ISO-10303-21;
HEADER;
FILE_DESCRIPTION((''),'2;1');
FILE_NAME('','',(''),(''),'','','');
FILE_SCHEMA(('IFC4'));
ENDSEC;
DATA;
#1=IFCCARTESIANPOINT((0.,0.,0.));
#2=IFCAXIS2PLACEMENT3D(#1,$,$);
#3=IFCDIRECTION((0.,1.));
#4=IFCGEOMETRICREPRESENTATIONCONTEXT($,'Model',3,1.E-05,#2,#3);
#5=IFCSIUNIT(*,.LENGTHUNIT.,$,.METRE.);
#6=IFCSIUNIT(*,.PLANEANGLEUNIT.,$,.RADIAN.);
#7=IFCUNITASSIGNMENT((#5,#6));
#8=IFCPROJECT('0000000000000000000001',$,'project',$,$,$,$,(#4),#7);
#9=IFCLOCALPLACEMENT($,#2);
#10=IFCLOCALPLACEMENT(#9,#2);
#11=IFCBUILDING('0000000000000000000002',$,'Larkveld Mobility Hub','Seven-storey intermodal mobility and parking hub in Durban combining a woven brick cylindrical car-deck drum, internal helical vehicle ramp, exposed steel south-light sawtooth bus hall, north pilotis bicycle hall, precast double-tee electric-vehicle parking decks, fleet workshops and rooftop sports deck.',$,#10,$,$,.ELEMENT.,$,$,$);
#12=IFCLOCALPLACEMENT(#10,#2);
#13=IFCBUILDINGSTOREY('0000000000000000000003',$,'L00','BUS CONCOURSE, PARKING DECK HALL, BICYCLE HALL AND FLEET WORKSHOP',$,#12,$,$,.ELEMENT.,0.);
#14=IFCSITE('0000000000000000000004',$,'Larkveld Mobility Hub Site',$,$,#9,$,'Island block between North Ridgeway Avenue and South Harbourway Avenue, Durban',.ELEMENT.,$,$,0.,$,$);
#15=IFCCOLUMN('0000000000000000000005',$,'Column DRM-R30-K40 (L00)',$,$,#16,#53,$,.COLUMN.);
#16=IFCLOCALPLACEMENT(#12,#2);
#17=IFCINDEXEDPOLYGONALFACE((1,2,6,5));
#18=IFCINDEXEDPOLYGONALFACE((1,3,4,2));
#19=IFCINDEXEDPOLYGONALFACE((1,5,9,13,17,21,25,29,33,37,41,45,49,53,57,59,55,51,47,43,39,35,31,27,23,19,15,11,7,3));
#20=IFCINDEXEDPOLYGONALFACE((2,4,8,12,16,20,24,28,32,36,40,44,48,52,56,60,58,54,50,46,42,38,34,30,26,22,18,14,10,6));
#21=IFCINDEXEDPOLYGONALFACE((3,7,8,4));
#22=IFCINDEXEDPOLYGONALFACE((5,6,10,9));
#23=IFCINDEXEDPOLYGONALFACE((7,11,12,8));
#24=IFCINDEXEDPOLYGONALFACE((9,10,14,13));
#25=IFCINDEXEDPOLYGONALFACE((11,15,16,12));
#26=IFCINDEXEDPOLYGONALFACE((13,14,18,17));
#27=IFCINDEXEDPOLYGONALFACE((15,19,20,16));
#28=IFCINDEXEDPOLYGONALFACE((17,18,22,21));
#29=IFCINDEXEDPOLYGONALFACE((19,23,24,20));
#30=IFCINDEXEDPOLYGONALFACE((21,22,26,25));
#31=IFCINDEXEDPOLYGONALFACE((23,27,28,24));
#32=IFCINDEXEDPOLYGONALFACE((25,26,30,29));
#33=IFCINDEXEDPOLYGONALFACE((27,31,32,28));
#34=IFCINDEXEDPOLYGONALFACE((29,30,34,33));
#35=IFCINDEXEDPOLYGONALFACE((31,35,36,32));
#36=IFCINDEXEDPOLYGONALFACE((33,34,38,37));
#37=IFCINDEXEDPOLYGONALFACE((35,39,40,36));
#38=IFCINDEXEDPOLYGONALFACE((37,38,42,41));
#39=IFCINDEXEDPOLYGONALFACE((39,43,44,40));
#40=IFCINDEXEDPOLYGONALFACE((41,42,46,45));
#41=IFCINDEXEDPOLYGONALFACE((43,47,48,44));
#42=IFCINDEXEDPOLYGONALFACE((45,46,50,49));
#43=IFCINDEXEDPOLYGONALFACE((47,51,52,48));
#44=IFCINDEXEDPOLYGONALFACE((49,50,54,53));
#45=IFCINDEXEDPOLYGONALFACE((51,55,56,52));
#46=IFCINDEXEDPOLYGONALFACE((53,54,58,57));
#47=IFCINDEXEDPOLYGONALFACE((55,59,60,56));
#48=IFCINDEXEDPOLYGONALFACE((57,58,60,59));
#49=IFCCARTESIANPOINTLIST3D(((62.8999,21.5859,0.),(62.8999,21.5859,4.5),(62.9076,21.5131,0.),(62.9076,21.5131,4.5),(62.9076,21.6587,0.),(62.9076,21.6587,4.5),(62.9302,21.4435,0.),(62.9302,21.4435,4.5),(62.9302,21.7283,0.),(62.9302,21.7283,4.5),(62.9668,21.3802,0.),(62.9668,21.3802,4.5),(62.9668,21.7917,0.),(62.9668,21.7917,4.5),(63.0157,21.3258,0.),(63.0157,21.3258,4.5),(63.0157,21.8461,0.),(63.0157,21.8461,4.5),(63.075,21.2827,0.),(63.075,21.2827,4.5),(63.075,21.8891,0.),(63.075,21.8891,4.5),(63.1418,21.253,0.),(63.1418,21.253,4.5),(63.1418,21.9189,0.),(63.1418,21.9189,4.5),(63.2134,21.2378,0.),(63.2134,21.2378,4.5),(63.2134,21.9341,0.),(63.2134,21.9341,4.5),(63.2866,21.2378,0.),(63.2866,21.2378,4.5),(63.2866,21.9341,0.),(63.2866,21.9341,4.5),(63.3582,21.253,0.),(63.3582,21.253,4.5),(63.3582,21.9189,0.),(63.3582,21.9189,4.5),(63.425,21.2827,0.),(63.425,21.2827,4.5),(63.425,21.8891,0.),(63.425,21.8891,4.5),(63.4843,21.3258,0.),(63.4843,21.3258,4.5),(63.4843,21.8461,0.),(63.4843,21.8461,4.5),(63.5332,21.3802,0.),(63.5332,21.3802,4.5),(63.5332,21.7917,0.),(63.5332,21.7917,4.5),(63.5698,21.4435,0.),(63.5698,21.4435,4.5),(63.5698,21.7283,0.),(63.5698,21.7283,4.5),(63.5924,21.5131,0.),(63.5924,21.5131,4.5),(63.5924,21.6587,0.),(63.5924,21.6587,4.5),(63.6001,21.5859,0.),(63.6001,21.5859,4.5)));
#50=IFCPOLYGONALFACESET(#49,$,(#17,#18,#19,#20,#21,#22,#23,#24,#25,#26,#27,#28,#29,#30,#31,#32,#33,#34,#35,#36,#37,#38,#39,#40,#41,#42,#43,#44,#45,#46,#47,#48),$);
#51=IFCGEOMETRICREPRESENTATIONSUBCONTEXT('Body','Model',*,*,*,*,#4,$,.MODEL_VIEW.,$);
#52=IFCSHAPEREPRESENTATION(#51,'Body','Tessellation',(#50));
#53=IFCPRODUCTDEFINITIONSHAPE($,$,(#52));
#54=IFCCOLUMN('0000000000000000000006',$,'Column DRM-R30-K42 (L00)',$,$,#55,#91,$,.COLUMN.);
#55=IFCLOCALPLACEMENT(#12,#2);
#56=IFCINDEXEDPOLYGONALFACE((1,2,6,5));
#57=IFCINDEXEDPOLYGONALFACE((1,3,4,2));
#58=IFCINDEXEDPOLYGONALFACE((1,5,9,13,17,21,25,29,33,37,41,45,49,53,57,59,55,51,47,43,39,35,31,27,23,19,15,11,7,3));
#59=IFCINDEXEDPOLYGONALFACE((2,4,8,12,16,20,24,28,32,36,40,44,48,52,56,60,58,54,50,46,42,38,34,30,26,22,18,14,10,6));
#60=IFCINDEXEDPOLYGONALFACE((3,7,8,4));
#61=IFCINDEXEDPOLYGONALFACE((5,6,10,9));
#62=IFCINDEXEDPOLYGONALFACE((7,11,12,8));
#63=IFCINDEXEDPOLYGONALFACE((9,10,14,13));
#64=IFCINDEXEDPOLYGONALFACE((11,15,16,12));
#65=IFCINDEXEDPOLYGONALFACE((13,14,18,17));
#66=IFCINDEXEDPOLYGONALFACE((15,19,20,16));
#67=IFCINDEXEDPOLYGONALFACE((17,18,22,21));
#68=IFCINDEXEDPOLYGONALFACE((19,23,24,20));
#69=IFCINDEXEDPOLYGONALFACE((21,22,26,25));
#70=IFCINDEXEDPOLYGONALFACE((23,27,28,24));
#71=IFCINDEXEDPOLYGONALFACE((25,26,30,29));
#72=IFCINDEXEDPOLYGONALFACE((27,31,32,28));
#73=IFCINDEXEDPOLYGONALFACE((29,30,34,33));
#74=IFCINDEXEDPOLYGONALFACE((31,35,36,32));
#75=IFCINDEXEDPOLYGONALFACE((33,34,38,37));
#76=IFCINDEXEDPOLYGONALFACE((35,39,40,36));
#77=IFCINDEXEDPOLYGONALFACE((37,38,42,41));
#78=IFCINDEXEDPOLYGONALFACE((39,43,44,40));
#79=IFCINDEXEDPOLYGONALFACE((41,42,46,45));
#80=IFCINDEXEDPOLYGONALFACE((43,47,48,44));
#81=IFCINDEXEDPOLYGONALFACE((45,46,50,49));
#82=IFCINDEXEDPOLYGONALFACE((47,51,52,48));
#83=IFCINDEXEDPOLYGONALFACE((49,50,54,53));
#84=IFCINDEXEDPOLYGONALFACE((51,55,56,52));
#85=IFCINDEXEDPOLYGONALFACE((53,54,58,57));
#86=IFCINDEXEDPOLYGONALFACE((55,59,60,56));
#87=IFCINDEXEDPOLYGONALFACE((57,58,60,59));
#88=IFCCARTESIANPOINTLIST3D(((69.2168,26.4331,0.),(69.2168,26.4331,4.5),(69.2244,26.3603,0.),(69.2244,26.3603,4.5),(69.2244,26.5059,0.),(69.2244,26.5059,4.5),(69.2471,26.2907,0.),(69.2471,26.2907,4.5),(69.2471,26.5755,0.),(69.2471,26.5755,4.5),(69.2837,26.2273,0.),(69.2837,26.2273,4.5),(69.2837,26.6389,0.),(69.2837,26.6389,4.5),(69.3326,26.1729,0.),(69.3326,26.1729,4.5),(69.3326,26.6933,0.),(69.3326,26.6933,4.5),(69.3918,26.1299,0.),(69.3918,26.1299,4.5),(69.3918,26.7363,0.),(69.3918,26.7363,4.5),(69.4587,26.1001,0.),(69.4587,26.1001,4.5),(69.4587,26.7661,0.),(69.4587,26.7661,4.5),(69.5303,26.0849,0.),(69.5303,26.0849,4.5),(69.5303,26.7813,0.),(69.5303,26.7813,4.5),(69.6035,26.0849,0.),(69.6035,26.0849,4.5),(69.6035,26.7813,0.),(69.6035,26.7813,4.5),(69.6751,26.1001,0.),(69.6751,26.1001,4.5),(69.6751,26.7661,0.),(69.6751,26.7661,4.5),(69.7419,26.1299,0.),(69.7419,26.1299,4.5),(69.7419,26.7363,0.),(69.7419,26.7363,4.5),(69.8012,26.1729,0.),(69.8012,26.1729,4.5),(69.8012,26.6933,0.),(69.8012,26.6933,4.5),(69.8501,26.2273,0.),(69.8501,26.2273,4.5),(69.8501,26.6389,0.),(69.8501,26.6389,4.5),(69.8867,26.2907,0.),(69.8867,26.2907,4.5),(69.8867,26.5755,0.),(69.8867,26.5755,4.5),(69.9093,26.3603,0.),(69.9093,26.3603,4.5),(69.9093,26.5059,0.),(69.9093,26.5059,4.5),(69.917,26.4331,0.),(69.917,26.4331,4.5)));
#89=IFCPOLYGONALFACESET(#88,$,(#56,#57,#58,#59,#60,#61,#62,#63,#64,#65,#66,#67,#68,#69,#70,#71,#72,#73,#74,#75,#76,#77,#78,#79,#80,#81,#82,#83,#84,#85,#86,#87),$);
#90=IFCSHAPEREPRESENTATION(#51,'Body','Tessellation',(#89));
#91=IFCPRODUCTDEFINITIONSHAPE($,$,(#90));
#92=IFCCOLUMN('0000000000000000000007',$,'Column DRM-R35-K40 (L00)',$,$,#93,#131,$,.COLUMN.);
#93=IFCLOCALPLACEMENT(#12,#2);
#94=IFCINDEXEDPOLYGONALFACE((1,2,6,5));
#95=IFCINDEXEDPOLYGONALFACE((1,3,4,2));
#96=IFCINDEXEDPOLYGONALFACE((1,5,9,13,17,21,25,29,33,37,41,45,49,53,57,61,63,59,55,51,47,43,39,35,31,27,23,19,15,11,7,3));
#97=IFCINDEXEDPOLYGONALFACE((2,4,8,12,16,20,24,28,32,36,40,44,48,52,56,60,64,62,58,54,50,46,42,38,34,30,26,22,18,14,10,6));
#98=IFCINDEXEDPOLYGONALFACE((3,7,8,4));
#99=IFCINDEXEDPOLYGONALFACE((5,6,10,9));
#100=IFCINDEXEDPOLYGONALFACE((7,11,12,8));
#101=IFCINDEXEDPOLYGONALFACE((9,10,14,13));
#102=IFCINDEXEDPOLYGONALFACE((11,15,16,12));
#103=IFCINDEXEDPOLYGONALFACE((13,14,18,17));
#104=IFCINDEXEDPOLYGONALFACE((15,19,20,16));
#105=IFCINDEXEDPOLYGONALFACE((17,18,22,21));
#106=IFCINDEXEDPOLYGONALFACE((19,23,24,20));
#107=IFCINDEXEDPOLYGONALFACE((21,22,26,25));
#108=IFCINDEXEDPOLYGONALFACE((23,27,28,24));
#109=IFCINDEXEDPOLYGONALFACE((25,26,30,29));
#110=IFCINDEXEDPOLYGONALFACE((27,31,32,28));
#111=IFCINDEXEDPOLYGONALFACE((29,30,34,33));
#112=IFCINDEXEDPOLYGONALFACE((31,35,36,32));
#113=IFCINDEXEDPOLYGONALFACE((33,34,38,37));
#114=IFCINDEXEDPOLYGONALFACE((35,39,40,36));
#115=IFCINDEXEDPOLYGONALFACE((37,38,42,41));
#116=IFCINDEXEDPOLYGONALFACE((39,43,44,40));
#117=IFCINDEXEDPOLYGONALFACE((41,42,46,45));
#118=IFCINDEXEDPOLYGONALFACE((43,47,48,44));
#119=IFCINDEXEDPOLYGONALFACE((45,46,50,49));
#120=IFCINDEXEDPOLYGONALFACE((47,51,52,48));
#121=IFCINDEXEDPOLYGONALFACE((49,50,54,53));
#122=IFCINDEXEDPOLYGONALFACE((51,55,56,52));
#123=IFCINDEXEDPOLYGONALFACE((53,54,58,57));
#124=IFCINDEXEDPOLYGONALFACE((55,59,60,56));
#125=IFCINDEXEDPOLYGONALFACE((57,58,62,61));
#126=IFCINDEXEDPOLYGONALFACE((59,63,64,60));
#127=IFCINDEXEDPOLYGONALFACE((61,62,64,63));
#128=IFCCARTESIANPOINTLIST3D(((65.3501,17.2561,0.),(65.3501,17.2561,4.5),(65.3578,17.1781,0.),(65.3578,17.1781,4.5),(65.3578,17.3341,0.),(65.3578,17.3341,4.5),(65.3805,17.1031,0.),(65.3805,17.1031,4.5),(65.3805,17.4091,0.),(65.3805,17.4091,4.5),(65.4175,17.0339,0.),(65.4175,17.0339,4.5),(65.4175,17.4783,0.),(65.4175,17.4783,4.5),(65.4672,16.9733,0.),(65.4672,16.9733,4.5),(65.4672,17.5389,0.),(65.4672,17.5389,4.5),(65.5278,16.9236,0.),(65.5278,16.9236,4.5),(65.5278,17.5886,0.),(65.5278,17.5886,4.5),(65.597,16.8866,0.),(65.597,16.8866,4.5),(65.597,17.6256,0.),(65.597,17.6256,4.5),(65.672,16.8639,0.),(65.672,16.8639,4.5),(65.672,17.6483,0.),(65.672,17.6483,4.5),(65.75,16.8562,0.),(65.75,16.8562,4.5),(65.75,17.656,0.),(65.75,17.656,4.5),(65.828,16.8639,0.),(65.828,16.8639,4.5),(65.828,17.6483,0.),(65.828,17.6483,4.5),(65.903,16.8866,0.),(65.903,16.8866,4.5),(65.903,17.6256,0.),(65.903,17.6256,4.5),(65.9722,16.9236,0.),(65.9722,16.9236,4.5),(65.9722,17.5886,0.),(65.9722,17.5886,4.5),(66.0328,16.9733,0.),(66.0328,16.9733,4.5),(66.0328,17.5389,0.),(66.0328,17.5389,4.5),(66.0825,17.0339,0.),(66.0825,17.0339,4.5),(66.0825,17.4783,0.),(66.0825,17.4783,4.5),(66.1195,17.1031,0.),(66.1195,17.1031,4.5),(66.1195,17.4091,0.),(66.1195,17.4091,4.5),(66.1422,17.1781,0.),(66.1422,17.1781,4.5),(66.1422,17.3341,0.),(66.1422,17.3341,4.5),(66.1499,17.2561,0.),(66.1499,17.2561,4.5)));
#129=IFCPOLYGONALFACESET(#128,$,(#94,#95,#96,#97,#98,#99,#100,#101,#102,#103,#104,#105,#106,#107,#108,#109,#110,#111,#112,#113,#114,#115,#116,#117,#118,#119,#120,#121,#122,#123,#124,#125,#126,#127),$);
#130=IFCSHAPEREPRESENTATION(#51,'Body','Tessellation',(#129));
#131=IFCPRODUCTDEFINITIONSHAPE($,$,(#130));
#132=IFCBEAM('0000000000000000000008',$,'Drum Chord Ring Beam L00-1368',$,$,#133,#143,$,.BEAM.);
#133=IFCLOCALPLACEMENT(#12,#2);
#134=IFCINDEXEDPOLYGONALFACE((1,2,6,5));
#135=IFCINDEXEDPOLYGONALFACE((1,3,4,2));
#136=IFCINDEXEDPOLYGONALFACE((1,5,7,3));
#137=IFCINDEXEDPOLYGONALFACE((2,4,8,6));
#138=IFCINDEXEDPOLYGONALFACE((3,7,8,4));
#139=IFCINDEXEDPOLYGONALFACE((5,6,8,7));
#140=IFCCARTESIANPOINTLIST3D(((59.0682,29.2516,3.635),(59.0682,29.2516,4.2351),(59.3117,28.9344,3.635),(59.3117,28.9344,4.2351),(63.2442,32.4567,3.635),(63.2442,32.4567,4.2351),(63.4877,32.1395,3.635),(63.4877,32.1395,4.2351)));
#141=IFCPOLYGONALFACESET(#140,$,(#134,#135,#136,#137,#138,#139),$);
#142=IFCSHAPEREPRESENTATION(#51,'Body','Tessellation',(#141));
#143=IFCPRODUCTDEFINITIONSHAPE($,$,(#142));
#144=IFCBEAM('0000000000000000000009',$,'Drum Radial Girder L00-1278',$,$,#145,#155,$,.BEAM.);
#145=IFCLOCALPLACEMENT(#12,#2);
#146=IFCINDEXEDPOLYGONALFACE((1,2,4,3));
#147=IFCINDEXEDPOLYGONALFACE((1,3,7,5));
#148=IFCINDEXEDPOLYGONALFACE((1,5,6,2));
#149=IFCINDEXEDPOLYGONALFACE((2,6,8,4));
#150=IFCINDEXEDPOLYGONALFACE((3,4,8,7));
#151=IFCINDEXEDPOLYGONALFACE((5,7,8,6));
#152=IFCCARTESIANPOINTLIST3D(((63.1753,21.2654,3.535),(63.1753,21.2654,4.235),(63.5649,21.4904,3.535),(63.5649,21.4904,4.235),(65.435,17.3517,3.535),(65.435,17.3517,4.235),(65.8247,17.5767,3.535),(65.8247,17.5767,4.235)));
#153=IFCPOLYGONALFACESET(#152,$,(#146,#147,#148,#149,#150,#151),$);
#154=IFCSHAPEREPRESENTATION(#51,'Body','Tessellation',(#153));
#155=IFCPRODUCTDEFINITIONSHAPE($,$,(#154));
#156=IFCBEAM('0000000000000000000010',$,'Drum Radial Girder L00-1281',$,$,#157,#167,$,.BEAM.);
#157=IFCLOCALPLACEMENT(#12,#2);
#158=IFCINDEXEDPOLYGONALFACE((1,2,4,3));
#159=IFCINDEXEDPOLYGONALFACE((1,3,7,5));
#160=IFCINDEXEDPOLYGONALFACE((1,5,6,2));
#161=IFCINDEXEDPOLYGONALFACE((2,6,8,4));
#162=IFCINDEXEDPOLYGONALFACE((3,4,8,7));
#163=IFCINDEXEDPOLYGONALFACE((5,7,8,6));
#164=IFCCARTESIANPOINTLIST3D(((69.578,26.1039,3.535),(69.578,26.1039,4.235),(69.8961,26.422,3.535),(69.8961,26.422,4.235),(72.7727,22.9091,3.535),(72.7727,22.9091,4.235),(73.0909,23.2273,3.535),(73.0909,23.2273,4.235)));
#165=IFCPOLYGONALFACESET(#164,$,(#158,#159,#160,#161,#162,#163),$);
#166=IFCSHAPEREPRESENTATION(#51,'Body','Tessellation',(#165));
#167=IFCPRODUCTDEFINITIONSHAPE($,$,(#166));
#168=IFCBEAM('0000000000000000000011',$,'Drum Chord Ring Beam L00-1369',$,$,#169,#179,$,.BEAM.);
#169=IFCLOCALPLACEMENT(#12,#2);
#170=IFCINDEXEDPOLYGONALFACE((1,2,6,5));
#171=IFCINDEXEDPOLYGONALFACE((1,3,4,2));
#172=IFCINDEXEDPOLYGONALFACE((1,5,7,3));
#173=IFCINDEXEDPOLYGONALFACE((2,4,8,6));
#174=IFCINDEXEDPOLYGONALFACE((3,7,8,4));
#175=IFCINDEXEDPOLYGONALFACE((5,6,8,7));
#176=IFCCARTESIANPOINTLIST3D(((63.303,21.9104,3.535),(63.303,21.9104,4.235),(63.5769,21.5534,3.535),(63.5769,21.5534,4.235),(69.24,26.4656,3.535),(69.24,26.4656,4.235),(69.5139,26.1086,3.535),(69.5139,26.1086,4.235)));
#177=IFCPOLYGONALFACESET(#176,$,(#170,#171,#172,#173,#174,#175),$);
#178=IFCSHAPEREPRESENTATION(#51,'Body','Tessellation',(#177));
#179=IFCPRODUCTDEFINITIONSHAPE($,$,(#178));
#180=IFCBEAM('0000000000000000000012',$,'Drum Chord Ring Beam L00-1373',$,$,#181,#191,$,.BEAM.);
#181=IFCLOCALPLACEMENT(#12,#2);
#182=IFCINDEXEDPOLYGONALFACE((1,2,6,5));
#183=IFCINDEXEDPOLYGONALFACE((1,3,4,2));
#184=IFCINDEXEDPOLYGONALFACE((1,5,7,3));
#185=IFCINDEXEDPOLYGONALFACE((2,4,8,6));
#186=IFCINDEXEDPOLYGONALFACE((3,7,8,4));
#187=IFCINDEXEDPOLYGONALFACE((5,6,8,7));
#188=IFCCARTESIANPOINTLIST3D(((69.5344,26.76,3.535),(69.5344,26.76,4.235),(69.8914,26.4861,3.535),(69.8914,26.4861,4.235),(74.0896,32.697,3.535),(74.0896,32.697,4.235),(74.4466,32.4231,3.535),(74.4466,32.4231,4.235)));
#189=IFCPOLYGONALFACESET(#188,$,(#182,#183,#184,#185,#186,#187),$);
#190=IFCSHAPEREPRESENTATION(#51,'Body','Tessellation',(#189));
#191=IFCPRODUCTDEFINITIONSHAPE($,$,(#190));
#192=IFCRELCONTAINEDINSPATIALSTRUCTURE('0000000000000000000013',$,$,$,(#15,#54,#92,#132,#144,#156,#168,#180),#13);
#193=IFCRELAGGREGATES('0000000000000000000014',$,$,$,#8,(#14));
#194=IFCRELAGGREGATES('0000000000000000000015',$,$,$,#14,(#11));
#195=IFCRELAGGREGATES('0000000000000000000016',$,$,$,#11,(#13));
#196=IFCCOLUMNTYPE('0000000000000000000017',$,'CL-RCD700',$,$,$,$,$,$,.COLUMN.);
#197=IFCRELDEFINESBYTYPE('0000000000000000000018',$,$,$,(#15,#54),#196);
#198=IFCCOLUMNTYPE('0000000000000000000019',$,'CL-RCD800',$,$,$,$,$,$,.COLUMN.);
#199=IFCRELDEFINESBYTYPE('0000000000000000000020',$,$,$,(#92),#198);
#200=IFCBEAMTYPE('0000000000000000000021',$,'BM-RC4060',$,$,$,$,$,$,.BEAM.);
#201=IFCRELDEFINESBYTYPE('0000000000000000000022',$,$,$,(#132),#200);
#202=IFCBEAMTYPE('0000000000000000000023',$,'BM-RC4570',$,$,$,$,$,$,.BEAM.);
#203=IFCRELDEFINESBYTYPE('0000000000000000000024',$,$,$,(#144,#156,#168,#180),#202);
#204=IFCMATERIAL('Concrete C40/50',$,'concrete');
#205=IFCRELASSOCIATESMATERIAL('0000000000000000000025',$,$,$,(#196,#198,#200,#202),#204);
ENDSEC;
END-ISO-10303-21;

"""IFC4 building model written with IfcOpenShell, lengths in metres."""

from ifc_helpers import new_model, si_unit, direction, frame, origin, origin_2d, place, context, subcontext, project, spatial, rectangle, circle, extrude, material, material_profile, profile_set, type_object, element, save


model = new_model("IFC4")

# Units and contexts
model_context = context("Model", 3, precision=1e-05, world=origin(), true_north=direction((0.0, 1.0)))
body_context = subcontext(model_context, "Body", "Model", "MODEL_VIEW")
ifc_project = project(units=[si_unit("LENGTHUNIT", "METRE"), si_unit("PLANEANGLEUNIT", "RADIAN")], contexts=[model_context])

# Site, building, storey
site_placement = place(None, origin())
site = spatial("IfcSite", under=ifc_project, at=site_placement, Name="Larkveld Mobility Hub Site", LongName="Island block between North Ridgeway Avenue and South Harbourway Avenue, Durban", CompositionType="ELEMENT", RefElevation=0.0)
building_placement = place(site_placement, origin())
building = spatial("IfcBuilding", under=site, at=building_placement, Name="Larkveld Mobility Hub", Description="Seven-storey intermodal mobility and parking hub in Durban combining a woven brick cylindrical car-deck drum, internal helical vehicle ramp, exposed steel south-light sawtooth bus hall, north pilotis bicycle hall, precast double-tee electric-vehicle parking decks, fleet workshops and rooftop sports deck.", CompositionType="ELEMENT")
storey_placement = place(building_placement, origin())
storey = spatial("IfcBuildingStorey", under=building, at=storey_placement, Name="L00", Description="BUS CONCOURSE, PARKING DECK HALL, BICYCLE HALL AND FLEET WORKSHOP", CompositionType="ELEMENT", Elevation=0.0)

# Columns
ifc_material_1 = material(Name="Concrete C40/50", Category="concrete")
ifc_material_profile_1 = material_profile(ifc_material_1, circle(Radius=0.3501, at=origin_2d()), Name="RC COL D700")
ifc_profile_set_1 = profile_set([ifc_material_profile_1], Name="Concrete C40/50")
column_type_1 = type_object("IfcColumnType", Name="CL-RCD700", PredefinedType="COLUMN", material=ifc_profile_set_1)
for number, where, z_axis, x_axis, name in (
    (1, (63.25, 21.5859, 0.0), (0.0, 0.0, 1.0), (1.0, 0.0, 0.0), "Column DRM-R30-K40 (L00)"),
    (2, (69.5669, 26.4331, 0.0), (0.0, 0.0, 1.0), (1.0, 0.0, 0.0), "Column DRM-R30-K42 (L00)"),
):
    element("IfcColumn", number, at=place(storey_placement, frame(where, z_axis=z_axis, x_axis=x_axis)), inside=storey, type_object=column_type_1, Name=name, PredefinedType="COLUMN", context=body_context, shape_type="SweptSolid", body=[
        extrude(circle(Radius=0.3501, at=origin_2d()), origin(), (0.0, 0.0, 1.0), 4.5),
    ])
ifc_material_profile_2 = material_profile(ifc_material_1, circle(Radius=0.3999, at=origin_2d()), Name="RC COL D800")
ifc_profile_set_2 = profile_set([ifc_material_profile_2], Name="Concrete C40/50")
column_type_2 = type_object("IfcColumnType", Name="CL-RCD800", PredefinedType="COLUMN", material=ifc_profile_set_2)
column_1_placement = place(storey_placement, frame((65.75, 17.2561, 0.0), z_axis=(0.0, 0.0, 1.0), x_axis=(1.0, 0.0, 0.0)))
element("IfcColumn", 3, at=column_1_placement, inside=storey, type_object=column_type_2, Name="Column DRM-R35-K40 (L00)", PredefinedType="COLUMN", context=body_context, shape_type="SweptSolid", body=[
    extrude(circle(Radius=0.3999, at=origin_2d()), origin(), (0.0, 0.0, 1.0), 4.5),
])

# Beams
ifc_material_profile_3 = material_profile(ifc_material_1, rectangle(XDim=0.3999, YDim=0.6001, at=origin_2d()), Name="RC BM 400x600")
ifc_profile_set_3 = profile_set([ifc_material_profile_3], Name="Concrete C40/50")
beam_type_1 = type_object("IfcBeamType", Name="BM-RC4060", PredefinedType="BEAM", material=ifc_profile_set_3)
beam_1_placement = place(storey_placement, frame((59.1899, 29.093, 3.9351), z_axis=(0.793289, 0.608845, 0.0), x_axis=(-0.608845, 0.793289, 0.0)))
element("IfcBeam", 4, at=beam_1_placement, inside=storey, type_object=beam_type_1, Name="Drum Chord Ring Beam L00-1368", PredefinedType="BEAM", context=body_context, shape_type="SweptSolid", body=[
    extrude(rectangle(XDim=0.3999, YDim=0.6001, at=origin_2d()), origin(), (0.0, 0.0, 1.0), 5.2642),
])
ifc_material_profile_4 = material_profile(ifc_material_1, rectangle(XDim=0.45, YDim=0.7, at=origin_2d()), Name="RC BM 450x700")
ifc_profile_set_4 = profile_set([ifc_material_profile_4], Name="Concrete C40/50")
beam_type_2 = type_object("IfcBeamType", Name="BM-RC4570", PredefinedType="BEAM", material=ifc_profile_set_4)
beam_2_placement = place(storey_placement, frame((63.3701, 21.3779, 3.885), z_axis=(0.50002, -0.866014, 0.0), x_axis=(0.866014, 0.50002, 0.0)))
element("IfcBeam", 5, at=beam_2_placement, inside=storey, type_object=beam_type_2, Name="Drum Radial Girder L00-1278", PredefinedType="BEAM", context=body_context, shape_type="SweptSolid", body=[
    extrude(rectangle(XDim=0.45, YDim=0.7, at=origin_2d()), origin(), (0.0, 0.0, 1.0), 4.5193),
])
beam_3_placement = place(storey_placement, frame((69.7371, 26.2629, 3.885), z_axis=(0.707107, -0.707107, 0.0), x_axis=(0.707107, 0.707107, 0.0)))
element("IfcBeam", 6, at=beam_3_placement, inside=storey, type_object=beam_type_2, Name="Drum Radial Girder L00-1281", PredefinedType="BEAM", context=body_context, shape_type="SweptSolid", body=[
    extrude(rectangle(XDim=0.45, YDim=0.7, at=origin_2d()), origin(), (0.0, 0.0, 1.0), 4.5181),
])
for number, where, z_axis, x_axis, name in (
    (7, (63.4399, 21.7319, 3.885), (0.793383, 0.608723, 0.0), (-0.608723, 0.793383, 0.0), "Drum Chord Ring Beam L00-1369"),
    (8, (69.7129, 26.623, 3.885), (0.608723, 0.793383, 0.0), (-0.793383, 0.608723, 0.0), "Drum Chord Ring Beam L00-1373"),
):
    element("IfcBeam", number, at=place(storey_placement, frame(where, z_axis=z_axis, x_axis=x_axis)), inside=storey, type_object=beam_type_2, Name=name, PredefinedType="BEAM", context=body_context, shape_type="SweptSolid", body=[
        extrude(rectangle(XDim=0.45, YDim=0.7, at=origin_2d()), origin(), (0.0, 0.0, 1.0), 7.4832),
    ])

save(model, "model.ifc")
